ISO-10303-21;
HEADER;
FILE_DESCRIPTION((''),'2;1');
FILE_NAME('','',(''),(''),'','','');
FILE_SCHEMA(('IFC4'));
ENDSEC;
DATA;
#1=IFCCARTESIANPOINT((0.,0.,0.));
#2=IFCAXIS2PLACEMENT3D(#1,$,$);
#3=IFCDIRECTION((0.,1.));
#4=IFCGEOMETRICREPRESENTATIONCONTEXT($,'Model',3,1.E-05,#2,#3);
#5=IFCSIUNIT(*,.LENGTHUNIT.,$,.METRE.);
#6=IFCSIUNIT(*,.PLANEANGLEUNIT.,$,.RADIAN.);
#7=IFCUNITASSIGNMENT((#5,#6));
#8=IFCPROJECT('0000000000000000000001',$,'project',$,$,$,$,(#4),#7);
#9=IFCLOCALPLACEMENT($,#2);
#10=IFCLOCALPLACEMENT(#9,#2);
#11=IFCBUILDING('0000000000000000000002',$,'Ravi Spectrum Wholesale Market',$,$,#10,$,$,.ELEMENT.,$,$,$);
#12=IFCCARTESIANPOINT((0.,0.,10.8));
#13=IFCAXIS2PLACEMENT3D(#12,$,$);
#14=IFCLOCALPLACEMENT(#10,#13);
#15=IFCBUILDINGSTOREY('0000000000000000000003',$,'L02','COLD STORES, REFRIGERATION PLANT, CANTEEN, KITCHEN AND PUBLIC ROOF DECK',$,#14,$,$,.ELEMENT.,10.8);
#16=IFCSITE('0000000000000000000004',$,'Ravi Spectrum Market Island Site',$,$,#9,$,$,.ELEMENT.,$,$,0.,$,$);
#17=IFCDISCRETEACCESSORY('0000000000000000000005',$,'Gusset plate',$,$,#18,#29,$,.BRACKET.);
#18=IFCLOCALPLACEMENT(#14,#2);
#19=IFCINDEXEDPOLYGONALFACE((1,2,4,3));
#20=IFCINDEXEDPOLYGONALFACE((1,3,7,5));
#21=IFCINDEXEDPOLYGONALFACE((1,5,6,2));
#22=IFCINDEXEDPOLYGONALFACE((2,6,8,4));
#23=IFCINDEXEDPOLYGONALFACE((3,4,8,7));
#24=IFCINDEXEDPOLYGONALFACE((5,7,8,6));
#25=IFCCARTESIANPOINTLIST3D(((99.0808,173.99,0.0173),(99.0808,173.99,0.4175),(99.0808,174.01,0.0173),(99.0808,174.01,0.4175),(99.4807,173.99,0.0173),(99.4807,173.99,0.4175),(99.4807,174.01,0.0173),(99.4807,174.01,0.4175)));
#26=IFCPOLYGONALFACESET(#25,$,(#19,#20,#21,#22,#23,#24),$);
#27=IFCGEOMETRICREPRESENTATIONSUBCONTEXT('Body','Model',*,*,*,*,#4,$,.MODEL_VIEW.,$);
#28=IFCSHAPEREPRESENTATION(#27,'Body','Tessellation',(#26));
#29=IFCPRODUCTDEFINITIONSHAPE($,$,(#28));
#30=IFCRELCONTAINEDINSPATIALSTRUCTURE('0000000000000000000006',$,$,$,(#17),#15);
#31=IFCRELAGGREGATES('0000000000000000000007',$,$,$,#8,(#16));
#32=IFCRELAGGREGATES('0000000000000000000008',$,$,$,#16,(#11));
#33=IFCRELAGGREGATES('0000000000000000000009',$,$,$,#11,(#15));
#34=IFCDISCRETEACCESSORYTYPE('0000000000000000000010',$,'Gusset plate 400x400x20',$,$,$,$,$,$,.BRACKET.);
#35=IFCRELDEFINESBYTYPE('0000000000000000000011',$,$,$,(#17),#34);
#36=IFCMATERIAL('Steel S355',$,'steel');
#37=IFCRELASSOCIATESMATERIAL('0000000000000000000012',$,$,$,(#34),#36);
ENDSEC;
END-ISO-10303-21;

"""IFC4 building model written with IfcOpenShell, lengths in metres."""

from ifc_helpers import new_model, si_unit, direction, frame, origin, origin_2d, place, context, subcontext, project, spatial, rectangle, extrude, material, material_profile, profile_set, type_object, element, save


model = new_model("IFC4")

# Units and contexts
model_context = context("Model", 3, precision=1e-05, world=origin(), true_north=direction((0.0, 1.0)))
body_context = subcontext(model_context, "Body", "Model", "MODEL_VIEW")
ifc_project = project(units=[si_unit("LENGTHUNIT", "METRE"), si_unit("PLANEANGLEUNIT", "RADIAN")], contexts=[model_context])

# Site, building, storey
site_placement = place(None, origin())
site = spatial("IfcSite", under=ifc_project, at=site_placement, Name="Ravi Spectrum Market Island Site", CompositionType="ELEMENT", RefElevation=0.0)
building_placement = place(site_placement, origin())
building = spatial("IfcBuilding", under=site, at=building_placement, Name="Ravi Spectrum Wholesale Market", CompositionType="ELEMENT")
storey_placement = place(building_placement, frame((0.0, 0.0, 10.8)))
storey = spatial("IfcBuildingStorey", under=building, at=storey_placement, Name="L02", Description="COLD STORES, REFRIGERATION PLANT, CANTEEN, KITCHEN AND PUBLIC ROOF DECK", CompositionType="ELEMENT", Elevation=10.8)

# Discrete accessory
ifc_material_1 = material(Name="Steel S355", Category="steel")
ifc_material_profile_1 = material_profile(ifc_material_1, rectangle(XDim=0.3999, YDim=0.02, at=origin_2d()))
ifc_profile_set_1 = profile_set([ifc_material_profile_1], Name="Steel S355")
discrete_accessory_type_1 = type_object("IfcDiscreteAccessoryType", Name="Gusset plate 400x400x20", PredefinedType="BRACKET", material=ifc_profile_set_1)
discrete_accessory_1_placement = place(storey_placement, frame((99.2808, 174.0, 0.0173), z_axis=(0.0, 0.0, 1.0), x_axis=(-1.0, 0.0, 0.0)))
element("IfcDiscreteAccessory", 1, at=discrete_accessory_1_placement, inside=storey, type_object=discrete_accessory_type_1, Name="Gusset plate", PredefinedType="BRACKET", context=body_context, shape_type="SweptSolid", body=[
    extrude(rectangle(XDim=0.3999, YDim=0.02, at=origin_2d()), origin(), (0.0, 0.0, 1.0), 0.4001),
])

save(model, "model.ifc")
